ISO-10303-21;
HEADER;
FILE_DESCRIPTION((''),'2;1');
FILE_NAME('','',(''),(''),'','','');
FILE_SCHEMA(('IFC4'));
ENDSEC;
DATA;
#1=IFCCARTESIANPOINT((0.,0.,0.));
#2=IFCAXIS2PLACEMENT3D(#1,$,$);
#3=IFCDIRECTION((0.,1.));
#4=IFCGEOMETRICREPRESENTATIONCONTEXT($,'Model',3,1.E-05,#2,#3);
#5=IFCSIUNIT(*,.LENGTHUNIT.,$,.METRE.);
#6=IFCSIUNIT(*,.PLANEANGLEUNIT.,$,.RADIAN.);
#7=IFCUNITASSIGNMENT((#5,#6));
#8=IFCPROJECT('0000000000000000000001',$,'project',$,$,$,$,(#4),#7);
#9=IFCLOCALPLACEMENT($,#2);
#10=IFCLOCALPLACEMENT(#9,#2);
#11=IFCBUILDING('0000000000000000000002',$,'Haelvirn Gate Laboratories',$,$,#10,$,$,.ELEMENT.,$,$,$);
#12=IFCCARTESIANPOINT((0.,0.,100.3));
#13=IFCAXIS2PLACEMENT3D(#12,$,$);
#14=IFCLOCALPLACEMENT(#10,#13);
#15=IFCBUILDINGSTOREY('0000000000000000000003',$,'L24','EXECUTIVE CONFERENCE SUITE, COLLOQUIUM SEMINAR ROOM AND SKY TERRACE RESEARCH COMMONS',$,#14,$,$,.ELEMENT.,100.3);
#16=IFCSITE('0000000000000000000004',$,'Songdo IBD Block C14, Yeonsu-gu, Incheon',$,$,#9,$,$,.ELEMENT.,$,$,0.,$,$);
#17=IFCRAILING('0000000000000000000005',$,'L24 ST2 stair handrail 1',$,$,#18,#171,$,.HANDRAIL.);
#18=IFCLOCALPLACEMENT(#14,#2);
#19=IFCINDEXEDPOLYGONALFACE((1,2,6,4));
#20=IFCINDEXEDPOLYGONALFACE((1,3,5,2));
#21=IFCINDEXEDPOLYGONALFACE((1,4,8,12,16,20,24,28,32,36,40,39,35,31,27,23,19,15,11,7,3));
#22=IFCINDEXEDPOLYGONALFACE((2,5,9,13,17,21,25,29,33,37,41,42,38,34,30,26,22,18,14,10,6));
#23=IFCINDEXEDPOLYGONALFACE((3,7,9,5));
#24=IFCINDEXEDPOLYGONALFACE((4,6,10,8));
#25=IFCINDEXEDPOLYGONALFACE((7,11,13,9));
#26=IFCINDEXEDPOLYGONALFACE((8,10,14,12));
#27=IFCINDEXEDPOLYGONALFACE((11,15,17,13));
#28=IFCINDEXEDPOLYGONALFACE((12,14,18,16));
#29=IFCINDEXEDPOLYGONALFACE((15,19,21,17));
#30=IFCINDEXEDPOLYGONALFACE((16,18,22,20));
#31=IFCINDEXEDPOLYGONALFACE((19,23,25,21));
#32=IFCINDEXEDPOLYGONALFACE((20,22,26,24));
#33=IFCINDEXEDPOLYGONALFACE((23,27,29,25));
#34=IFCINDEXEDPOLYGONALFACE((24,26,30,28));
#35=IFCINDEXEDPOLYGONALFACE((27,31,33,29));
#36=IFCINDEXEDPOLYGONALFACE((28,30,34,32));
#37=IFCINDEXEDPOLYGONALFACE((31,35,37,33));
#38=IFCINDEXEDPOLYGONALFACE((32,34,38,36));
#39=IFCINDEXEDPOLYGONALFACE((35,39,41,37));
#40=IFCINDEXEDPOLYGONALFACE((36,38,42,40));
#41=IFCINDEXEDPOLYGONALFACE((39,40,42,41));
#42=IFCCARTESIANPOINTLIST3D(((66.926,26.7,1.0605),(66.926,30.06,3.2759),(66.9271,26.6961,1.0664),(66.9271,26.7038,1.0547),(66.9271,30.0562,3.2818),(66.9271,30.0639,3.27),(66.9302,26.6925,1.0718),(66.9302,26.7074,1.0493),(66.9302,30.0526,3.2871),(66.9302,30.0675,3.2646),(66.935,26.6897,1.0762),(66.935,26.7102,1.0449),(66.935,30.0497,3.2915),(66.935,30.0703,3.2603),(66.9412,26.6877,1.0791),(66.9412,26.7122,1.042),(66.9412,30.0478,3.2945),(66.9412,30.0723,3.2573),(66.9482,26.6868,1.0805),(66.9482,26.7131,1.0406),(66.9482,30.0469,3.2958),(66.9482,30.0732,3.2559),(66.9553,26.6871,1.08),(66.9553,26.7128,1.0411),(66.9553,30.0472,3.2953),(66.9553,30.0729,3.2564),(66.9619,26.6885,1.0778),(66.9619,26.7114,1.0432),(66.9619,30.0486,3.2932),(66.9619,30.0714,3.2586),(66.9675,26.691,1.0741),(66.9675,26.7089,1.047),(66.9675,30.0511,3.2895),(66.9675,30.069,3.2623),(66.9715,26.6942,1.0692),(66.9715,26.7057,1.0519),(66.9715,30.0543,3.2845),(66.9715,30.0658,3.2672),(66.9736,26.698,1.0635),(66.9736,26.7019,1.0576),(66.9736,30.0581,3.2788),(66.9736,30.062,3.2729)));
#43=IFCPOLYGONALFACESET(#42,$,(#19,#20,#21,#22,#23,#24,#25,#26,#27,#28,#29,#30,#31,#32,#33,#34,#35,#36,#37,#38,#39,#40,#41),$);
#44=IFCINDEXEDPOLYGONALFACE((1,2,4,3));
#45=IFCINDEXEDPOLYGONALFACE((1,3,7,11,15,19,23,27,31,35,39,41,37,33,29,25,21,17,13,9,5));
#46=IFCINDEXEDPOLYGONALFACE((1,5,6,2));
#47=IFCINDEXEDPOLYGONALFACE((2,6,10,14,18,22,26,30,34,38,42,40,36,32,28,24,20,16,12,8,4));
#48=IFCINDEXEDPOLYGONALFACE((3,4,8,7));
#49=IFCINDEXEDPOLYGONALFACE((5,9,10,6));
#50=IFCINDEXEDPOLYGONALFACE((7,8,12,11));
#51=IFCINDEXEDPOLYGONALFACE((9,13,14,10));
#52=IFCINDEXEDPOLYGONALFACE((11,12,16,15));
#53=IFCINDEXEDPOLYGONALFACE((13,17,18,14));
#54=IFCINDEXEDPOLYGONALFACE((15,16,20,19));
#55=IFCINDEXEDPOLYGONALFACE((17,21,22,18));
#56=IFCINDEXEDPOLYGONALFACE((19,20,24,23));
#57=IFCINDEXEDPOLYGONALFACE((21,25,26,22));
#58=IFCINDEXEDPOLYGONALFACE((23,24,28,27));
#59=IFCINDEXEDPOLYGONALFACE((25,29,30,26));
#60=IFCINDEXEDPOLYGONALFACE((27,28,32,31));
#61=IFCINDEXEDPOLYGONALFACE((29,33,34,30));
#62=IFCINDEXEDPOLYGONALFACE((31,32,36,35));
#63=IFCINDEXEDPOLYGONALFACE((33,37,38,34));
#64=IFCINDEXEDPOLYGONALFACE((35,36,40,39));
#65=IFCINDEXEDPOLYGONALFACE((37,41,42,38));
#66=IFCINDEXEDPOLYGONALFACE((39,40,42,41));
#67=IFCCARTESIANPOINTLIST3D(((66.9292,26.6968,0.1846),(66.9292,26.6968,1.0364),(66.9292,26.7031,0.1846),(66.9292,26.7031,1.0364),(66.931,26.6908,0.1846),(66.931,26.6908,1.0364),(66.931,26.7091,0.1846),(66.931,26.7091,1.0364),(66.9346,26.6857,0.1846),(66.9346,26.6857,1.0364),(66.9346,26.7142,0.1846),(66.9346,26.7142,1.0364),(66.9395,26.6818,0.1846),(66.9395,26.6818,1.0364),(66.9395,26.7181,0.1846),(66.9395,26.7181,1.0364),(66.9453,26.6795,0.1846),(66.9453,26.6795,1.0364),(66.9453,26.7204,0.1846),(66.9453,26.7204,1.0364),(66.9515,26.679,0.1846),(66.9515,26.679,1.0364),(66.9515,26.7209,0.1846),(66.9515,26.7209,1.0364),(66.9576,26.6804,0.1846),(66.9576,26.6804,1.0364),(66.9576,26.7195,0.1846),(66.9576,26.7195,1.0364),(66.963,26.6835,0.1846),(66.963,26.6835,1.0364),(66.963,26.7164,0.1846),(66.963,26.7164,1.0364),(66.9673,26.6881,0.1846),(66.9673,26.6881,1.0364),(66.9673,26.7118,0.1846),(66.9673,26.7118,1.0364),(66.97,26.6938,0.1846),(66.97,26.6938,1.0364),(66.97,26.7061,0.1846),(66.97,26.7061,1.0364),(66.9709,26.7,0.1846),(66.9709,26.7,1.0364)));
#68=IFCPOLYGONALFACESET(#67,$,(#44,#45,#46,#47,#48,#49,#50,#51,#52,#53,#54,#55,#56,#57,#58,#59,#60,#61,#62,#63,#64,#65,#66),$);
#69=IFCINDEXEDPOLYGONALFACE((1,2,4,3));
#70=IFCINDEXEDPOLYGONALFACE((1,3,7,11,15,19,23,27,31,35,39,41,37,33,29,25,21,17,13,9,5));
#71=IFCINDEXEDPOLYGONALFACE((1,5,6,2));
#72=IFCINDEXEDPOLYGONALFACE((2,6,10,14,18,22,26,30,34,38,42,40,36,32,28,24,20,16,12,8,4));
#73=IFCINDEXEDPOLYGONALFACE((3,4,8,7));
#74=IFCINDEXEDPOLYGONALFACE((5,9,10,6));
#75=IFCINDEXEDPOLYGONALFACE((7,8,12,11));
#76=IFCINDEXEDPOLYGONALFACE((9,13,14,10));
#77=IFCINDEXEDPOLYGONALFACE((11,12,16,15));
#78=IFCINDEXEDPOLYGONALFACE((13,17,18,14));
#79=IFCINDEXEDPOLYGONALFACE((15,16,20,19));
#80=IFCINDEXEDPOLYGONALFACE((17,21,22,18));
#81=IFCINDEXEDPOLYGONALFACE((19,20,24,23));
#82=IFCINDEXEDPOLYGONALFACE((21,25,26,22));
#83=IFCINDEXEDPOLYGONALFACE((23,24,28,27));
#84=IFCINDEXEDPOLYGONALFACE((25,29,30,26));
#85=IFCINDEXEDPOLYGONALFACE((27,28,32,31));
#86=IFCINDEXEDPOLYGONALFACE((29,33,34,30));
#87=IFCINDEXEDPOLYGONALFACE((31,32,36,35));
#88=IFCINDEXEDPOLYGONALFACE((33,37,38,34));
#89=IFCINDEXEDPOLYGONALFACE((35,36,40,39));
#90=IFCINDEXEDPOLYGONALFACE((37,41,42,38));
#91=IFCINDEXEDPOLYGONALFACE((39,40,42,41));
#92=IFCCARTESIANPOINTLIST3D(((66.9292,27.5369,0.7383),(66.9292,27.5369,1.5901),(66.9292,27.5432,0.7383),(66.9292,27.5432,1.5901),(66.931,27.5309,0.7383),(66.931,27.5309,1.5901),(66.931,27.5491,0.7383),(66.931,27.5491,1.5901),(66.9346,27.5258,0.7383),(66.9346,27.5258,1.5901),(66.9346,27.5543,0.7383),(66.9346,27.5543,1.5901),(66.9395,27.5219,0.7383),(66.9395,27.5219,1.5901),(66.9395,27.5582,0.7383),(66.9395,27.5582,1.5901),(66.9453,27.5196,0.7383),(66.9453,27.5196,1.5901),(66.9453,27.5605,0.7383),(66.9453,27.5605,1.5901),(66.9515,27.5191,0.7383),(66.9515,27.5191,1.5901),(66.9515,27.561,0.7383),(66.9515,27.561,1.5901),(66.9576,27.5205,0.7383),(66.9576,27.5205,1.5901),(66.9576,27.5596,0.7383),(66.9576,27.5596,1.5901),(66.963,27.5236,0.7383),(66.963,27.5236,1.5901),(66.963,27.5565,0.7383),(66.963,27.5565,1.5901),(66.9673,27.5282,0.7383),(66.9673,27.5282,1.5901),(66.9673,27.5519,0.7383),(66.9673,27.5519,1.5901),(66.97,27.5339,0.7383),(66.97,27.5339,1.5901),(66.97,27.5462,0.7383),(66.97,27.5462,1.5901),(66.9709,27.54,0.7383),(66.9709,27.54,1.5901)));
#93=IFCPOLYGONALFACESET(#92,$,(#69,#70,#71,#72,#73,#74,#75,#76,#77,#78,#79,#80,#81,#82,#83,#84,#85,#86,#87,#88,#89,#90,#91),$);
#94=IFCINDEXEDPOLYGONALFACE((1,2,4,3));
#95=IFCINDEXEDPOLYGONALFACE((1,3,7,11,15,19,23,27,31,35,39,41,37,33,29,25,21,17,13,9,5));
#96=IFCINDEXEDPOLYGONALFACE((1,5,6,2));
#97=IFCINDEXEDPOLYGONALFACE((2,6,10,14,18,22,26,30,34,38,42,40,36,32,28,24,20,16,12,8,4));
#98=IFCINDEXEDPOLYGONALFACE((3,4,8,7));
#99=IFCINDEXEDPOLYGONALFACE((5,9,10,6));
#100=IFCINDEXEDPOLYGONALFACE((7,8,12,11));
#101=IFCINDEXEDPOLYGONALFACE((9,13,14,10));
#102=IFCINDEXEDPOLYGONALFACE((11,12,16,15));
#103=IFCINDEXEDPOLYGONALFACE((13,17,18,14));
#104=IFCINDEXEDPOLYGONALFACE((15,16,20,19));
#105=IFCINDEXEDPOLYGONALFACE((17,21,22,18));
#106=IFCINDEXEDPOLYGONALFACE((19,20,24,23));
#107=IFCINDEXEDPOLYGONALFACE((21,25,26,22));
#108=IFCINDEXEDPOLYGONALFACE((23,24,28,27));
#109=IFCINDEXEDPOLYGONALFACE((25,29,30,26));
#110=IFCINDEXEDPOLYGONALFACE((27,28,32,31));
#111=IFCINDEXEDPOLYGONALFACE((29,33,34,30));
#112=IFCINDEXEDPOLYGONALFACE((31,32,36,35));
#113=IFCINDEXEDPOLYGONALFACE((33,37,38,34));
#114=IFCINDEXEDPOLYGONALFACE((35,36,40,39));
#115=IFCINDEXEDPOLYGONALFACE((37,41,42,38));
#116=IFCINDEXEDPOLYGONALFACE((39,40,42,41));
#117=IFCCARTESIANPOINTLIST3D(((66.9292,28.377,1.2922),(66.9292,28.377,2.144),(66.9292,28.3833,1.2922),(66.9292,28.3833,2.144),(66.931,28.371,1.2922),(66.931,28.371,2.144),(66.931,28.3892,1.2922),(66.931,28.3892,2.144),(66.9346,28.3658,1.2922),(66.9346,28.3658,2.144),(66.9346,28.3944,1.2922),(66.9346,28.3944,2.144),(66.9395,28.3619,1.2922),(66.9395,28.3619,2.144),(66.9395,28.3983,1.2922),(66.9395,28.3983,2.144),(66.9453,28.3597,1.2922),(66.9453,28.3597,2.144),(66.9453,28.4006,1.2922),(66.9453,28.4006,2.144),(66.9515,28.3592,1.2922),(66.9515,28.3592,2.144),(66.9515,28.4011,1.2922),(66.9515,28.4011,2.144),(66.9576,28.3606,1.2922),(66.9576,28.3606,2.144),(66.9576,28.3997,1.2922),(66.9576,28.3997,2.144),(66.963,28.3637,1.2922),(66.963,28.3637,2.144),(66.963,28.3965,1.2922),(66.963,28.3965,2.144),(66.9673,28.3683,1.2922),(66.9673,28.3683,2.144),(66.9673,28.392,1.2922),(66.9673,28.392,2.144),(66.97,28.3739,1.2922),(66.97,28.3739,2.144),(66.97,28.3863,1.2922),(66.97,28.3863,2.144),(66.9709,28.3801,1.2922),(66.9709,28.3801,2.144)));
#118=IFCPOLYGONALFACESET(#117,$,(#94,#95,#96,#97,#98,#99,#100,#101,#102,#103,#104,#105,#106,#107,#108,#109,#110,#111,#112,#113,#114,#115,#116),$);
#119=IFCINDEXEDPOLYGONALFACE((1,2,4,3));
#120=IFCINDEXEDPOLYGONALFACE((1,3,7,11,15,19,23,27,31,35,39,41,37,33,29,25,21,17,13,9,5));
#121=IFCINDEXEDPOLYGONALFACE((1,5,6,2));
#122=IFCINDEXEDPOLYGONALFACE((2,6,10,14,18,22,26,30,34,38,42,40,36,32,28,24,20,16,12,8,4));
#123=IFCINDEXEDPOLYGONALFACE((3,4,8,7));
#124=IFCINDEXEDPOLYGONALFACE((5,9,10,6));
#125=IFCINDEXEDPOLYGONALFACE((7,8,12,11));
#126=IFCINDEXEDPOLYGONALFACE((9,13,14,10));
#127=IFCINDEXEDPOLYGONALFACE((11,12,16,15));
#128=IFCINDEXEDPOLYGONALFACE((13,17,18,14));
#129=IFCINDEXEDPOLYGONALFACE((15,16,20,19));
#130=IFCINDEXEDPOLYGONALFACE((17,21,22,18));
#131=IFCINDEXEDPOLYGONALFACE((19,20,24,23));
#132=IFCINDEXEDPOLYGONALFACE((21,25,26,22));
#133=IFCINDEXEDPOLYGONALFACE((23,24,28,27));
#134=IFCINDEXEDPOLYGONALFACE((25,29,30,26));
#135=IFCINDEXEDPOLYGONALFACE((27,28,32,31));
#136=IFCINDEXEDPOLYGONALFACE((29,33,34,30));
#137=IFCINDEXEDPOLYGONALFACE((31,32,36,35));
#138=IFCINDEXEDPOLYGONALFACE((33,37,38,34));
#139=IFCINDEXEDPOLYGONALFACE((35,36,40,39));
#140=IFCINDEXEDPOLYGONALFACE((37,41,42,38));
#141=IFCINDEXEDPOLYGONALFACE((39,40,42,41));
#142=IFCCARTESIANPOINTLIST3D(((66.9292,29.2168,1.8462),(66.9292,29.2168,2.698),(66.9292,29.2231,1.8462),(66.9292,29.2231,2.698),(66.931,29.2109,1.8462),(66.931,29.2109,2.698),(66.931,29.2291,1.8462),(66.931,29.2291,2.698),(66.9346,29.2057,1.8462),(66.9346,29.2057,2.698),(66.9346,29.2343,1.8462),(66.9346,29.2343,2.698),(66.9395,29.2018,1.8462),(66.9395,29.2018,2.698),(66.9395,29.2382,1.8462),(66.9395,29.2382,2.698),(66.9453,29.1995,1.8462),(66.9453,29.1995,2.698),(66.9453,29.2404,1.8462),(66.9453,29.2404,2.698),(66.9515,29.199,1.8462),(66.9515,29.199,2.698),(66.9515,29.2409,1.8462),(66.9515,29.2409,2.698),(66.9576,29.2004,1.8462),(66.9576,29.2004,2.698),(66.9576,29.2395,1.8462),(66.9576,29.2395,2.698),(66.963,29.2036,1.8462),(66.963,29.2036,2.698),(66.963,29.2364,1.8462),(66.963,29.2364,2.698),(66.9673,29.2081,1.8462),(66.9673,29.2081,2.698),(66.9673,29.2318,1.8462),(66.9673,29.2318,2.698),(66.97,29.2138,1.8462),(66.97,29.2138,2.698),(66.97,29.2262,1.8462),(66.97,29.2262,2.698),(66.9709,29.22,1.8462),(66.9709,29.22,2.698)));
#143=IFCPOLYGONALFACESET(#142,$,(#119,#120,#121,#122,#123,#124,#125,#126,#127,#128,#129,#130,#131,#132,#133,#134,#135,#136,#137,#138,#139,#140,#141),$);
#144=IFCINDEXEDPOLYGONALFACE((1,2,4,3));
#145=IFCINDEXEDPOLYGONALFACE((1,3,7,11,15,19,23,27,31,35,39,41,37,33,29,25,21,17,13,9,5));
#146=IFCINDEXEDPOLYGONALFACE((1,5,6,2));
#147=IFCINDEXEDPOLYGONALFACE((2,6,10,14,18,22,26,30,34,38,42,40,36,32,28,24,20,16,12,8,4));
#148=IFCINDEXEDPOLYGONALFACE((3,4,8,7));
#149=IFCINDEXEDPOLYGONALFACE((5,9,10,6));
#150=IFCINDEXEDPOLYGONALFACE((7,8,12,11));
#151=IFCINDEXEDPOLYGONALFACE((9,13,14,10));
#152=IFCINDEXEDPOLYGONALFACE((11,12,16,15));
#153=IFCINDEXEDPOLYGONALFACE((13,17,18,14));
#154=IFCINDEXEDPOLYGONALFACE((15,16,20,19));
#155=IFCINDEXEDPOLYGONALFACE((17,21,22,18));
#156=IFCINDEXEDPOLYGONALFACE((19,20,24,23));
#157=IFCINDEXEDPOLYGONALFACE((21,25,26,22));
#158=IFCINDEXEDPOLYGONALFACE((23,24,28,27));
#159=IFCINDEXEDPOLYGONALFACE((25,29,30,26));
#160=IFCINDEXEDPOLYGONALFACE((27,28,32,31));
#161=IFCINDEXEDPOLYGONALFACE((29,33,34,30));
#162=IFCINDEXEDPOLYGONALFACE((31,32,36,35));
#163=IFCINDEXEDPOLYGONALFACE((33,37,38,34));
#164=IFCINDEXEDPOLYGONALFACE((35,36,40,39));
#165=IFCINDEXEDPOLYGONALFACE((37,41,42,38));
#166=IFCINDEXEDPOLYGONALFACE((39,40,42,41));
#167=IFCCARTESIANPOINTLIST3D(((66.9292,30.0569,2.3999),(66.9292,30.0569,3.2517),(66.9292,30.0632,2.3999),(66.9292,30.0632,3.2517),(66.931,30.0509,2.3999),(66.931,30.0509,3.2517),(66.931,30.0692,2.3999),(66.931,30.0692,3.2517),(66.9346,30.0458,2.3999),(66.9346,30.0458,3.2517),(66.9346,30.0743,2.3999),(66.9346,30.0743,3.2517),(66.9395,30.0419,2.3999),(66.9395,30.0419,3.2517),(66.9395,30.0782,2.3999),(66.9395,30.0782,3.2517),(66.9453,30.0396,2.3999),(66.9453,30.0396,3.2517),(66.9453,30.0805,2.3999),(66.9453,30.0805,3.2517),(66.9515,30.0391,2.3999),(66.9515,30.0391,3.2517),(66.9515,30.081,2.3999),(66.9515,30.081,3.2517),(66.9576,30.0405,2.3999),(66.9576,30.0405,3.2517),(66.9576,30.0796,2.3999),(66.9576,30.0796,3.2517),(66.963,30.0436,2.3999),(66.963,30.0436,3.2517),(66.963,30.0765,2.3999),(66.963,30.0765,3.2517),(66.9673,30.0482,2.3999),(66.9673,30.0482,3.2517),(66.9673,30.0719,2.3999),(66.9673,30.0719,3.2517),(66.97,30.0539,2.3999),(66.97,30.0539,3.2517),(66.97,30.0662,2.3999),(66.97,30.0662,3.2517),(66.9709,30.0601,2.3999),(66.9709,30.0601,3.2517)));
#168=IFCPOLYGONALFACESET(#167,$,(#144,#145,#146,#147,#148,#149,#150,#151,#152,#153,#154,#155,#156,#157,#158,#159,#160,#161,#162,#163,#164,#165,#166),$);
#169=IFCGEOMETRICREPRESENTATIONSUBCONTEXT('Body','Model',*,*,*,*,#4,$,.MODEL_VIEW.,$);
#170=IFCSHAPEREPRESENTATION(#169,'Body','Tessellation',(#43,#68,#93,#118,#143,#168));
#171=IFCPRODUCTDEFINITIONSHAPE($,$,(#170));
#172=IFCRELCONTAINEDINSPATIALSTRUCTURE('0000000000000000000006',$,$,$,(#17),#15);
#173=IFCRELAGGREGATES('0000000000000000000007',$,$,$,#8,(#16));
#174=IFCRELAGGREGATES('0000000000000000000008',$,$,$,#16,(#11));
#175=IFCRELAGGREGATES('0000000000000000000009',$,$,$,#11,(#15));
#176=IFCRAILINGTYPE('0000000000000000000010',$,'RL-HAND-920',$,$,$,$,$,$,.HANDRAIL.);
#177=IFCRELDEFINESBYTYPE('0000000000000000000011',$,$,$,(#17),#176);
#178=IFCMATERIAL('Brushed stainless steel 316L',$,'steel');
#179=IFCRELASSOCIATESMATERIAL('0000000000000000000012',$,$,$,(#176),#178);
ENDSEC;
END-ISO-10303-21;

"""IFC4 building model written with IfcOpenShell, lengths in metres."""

from ifc_helpers import new_model, si_unit, direction, frame, origin, origin_2d, place, context, subcontext, project, spatial, circle, extrude, source, transform, mapped, material, type_object, element, save


model = new_model("IFC4")

# Units and contexts
model_context = context("Model", 3, precision=1e-05, world=origin(), true_north=direction((0.0, 1.0)))
body_context = subcontext(model_context, "Body", "Model", "MODEL_VIEW")
ifc_project = project(units=[si_unit("LENGTHUNIT", "METRE"), si_unit("PLANEANGLEUNIT", "RADIAN")], contexts=[model_context])

# Site, building, storey
site_placement = place(None, origin())
site = spatial("IfcSite", under=ifc_project, at=site_placement, Name="Songdo IBD Block C14, Yeonsu-gu, Incheon", CompositionType="ELEMENT", RefElevation=0.0)
building_placement = place(site_placement, origin())
building = spatial("IfcBuilding", under=site, at=building_placement, Name="Haelvirn Gate Laboratories", CompositionType="ELEMENT")
storey_placement = place(building_placement, frame((0.0, 0.0, 100.3)))
storey = spatial("IfcBuildingStorey", under=building, at=storey_placement, Name="L24", Description="EXECUTIVE CONFERENCE SUITE, COLLOQUIUM SEMINAR ROOM AND SKY TERRACE RESEARCH COMMONS", CompositionType="ELEMENT", Elevation=100.3)

# Railing
ifc_material_1 = material(Name="Brushed stainless steel 316L", Category="steel")
railing_type_1 = type_object("IfcRailingType", Name="RL-HAND-920", PredefinedType="HANDRAIL", material=ifc_material_1)
shared_shape_1 = source(origin(), body_context, "Body", "SweptSolid", [
    extrude(circle(Radius=0.0239, at=origin_2d()), frame((0.0, 0.0, 0.876), z_axis=(0.0, 0.834876, 0.550437), x_axis=(-1.0, 0.0, 0.0)), (0.0, 0.0, 1.0), 4.0247),
    extrude(circle(Radius=0.021, at=origin_2d()), origin(), (0.0, 0.0, 1.0), 0.8518),
    extrude(circle(Radius=0.021, at=origin_2d()), frame((0.0, 0.8401, 0.5537)), (0.0, 0.0, 1.0), 0.8518),
    extrude(circle(Radius=0.021, at=origin_2d()), frame((0.0, 1.6802, 1.1077)), (0.0, 0.0, 1.0), 0.8518),
    extrude(circle(Radius=0.021, at=origin_2d()), frame((0.0, 2.52, 1.6616)), (0.0, 0.0, 1.0), 0.8518),
    extrude(circle(Radius=0.021, at=origin_2d()), frame((0.0, 3.3601, 2.2153)), (0.0, 0.0, 1.0), 0.8518),
])
railing_1_placement = place(storey_placement, frame((66.95, 26.7, 0.1846)))
element("IfcRailing", 1, at=railing_1_placement, inside=storey, type_object=railing_type_1, Name="L24 ST2 stair handrail 1", PredefinedType="HANDRAIL", context=body_context, shape_type="MappedRepresentation", body=[
    mapped(shared_shape_1, transform((0.0, 0.0, 0.0), scale=1.0)),
])

save(model, "model.ifc")
